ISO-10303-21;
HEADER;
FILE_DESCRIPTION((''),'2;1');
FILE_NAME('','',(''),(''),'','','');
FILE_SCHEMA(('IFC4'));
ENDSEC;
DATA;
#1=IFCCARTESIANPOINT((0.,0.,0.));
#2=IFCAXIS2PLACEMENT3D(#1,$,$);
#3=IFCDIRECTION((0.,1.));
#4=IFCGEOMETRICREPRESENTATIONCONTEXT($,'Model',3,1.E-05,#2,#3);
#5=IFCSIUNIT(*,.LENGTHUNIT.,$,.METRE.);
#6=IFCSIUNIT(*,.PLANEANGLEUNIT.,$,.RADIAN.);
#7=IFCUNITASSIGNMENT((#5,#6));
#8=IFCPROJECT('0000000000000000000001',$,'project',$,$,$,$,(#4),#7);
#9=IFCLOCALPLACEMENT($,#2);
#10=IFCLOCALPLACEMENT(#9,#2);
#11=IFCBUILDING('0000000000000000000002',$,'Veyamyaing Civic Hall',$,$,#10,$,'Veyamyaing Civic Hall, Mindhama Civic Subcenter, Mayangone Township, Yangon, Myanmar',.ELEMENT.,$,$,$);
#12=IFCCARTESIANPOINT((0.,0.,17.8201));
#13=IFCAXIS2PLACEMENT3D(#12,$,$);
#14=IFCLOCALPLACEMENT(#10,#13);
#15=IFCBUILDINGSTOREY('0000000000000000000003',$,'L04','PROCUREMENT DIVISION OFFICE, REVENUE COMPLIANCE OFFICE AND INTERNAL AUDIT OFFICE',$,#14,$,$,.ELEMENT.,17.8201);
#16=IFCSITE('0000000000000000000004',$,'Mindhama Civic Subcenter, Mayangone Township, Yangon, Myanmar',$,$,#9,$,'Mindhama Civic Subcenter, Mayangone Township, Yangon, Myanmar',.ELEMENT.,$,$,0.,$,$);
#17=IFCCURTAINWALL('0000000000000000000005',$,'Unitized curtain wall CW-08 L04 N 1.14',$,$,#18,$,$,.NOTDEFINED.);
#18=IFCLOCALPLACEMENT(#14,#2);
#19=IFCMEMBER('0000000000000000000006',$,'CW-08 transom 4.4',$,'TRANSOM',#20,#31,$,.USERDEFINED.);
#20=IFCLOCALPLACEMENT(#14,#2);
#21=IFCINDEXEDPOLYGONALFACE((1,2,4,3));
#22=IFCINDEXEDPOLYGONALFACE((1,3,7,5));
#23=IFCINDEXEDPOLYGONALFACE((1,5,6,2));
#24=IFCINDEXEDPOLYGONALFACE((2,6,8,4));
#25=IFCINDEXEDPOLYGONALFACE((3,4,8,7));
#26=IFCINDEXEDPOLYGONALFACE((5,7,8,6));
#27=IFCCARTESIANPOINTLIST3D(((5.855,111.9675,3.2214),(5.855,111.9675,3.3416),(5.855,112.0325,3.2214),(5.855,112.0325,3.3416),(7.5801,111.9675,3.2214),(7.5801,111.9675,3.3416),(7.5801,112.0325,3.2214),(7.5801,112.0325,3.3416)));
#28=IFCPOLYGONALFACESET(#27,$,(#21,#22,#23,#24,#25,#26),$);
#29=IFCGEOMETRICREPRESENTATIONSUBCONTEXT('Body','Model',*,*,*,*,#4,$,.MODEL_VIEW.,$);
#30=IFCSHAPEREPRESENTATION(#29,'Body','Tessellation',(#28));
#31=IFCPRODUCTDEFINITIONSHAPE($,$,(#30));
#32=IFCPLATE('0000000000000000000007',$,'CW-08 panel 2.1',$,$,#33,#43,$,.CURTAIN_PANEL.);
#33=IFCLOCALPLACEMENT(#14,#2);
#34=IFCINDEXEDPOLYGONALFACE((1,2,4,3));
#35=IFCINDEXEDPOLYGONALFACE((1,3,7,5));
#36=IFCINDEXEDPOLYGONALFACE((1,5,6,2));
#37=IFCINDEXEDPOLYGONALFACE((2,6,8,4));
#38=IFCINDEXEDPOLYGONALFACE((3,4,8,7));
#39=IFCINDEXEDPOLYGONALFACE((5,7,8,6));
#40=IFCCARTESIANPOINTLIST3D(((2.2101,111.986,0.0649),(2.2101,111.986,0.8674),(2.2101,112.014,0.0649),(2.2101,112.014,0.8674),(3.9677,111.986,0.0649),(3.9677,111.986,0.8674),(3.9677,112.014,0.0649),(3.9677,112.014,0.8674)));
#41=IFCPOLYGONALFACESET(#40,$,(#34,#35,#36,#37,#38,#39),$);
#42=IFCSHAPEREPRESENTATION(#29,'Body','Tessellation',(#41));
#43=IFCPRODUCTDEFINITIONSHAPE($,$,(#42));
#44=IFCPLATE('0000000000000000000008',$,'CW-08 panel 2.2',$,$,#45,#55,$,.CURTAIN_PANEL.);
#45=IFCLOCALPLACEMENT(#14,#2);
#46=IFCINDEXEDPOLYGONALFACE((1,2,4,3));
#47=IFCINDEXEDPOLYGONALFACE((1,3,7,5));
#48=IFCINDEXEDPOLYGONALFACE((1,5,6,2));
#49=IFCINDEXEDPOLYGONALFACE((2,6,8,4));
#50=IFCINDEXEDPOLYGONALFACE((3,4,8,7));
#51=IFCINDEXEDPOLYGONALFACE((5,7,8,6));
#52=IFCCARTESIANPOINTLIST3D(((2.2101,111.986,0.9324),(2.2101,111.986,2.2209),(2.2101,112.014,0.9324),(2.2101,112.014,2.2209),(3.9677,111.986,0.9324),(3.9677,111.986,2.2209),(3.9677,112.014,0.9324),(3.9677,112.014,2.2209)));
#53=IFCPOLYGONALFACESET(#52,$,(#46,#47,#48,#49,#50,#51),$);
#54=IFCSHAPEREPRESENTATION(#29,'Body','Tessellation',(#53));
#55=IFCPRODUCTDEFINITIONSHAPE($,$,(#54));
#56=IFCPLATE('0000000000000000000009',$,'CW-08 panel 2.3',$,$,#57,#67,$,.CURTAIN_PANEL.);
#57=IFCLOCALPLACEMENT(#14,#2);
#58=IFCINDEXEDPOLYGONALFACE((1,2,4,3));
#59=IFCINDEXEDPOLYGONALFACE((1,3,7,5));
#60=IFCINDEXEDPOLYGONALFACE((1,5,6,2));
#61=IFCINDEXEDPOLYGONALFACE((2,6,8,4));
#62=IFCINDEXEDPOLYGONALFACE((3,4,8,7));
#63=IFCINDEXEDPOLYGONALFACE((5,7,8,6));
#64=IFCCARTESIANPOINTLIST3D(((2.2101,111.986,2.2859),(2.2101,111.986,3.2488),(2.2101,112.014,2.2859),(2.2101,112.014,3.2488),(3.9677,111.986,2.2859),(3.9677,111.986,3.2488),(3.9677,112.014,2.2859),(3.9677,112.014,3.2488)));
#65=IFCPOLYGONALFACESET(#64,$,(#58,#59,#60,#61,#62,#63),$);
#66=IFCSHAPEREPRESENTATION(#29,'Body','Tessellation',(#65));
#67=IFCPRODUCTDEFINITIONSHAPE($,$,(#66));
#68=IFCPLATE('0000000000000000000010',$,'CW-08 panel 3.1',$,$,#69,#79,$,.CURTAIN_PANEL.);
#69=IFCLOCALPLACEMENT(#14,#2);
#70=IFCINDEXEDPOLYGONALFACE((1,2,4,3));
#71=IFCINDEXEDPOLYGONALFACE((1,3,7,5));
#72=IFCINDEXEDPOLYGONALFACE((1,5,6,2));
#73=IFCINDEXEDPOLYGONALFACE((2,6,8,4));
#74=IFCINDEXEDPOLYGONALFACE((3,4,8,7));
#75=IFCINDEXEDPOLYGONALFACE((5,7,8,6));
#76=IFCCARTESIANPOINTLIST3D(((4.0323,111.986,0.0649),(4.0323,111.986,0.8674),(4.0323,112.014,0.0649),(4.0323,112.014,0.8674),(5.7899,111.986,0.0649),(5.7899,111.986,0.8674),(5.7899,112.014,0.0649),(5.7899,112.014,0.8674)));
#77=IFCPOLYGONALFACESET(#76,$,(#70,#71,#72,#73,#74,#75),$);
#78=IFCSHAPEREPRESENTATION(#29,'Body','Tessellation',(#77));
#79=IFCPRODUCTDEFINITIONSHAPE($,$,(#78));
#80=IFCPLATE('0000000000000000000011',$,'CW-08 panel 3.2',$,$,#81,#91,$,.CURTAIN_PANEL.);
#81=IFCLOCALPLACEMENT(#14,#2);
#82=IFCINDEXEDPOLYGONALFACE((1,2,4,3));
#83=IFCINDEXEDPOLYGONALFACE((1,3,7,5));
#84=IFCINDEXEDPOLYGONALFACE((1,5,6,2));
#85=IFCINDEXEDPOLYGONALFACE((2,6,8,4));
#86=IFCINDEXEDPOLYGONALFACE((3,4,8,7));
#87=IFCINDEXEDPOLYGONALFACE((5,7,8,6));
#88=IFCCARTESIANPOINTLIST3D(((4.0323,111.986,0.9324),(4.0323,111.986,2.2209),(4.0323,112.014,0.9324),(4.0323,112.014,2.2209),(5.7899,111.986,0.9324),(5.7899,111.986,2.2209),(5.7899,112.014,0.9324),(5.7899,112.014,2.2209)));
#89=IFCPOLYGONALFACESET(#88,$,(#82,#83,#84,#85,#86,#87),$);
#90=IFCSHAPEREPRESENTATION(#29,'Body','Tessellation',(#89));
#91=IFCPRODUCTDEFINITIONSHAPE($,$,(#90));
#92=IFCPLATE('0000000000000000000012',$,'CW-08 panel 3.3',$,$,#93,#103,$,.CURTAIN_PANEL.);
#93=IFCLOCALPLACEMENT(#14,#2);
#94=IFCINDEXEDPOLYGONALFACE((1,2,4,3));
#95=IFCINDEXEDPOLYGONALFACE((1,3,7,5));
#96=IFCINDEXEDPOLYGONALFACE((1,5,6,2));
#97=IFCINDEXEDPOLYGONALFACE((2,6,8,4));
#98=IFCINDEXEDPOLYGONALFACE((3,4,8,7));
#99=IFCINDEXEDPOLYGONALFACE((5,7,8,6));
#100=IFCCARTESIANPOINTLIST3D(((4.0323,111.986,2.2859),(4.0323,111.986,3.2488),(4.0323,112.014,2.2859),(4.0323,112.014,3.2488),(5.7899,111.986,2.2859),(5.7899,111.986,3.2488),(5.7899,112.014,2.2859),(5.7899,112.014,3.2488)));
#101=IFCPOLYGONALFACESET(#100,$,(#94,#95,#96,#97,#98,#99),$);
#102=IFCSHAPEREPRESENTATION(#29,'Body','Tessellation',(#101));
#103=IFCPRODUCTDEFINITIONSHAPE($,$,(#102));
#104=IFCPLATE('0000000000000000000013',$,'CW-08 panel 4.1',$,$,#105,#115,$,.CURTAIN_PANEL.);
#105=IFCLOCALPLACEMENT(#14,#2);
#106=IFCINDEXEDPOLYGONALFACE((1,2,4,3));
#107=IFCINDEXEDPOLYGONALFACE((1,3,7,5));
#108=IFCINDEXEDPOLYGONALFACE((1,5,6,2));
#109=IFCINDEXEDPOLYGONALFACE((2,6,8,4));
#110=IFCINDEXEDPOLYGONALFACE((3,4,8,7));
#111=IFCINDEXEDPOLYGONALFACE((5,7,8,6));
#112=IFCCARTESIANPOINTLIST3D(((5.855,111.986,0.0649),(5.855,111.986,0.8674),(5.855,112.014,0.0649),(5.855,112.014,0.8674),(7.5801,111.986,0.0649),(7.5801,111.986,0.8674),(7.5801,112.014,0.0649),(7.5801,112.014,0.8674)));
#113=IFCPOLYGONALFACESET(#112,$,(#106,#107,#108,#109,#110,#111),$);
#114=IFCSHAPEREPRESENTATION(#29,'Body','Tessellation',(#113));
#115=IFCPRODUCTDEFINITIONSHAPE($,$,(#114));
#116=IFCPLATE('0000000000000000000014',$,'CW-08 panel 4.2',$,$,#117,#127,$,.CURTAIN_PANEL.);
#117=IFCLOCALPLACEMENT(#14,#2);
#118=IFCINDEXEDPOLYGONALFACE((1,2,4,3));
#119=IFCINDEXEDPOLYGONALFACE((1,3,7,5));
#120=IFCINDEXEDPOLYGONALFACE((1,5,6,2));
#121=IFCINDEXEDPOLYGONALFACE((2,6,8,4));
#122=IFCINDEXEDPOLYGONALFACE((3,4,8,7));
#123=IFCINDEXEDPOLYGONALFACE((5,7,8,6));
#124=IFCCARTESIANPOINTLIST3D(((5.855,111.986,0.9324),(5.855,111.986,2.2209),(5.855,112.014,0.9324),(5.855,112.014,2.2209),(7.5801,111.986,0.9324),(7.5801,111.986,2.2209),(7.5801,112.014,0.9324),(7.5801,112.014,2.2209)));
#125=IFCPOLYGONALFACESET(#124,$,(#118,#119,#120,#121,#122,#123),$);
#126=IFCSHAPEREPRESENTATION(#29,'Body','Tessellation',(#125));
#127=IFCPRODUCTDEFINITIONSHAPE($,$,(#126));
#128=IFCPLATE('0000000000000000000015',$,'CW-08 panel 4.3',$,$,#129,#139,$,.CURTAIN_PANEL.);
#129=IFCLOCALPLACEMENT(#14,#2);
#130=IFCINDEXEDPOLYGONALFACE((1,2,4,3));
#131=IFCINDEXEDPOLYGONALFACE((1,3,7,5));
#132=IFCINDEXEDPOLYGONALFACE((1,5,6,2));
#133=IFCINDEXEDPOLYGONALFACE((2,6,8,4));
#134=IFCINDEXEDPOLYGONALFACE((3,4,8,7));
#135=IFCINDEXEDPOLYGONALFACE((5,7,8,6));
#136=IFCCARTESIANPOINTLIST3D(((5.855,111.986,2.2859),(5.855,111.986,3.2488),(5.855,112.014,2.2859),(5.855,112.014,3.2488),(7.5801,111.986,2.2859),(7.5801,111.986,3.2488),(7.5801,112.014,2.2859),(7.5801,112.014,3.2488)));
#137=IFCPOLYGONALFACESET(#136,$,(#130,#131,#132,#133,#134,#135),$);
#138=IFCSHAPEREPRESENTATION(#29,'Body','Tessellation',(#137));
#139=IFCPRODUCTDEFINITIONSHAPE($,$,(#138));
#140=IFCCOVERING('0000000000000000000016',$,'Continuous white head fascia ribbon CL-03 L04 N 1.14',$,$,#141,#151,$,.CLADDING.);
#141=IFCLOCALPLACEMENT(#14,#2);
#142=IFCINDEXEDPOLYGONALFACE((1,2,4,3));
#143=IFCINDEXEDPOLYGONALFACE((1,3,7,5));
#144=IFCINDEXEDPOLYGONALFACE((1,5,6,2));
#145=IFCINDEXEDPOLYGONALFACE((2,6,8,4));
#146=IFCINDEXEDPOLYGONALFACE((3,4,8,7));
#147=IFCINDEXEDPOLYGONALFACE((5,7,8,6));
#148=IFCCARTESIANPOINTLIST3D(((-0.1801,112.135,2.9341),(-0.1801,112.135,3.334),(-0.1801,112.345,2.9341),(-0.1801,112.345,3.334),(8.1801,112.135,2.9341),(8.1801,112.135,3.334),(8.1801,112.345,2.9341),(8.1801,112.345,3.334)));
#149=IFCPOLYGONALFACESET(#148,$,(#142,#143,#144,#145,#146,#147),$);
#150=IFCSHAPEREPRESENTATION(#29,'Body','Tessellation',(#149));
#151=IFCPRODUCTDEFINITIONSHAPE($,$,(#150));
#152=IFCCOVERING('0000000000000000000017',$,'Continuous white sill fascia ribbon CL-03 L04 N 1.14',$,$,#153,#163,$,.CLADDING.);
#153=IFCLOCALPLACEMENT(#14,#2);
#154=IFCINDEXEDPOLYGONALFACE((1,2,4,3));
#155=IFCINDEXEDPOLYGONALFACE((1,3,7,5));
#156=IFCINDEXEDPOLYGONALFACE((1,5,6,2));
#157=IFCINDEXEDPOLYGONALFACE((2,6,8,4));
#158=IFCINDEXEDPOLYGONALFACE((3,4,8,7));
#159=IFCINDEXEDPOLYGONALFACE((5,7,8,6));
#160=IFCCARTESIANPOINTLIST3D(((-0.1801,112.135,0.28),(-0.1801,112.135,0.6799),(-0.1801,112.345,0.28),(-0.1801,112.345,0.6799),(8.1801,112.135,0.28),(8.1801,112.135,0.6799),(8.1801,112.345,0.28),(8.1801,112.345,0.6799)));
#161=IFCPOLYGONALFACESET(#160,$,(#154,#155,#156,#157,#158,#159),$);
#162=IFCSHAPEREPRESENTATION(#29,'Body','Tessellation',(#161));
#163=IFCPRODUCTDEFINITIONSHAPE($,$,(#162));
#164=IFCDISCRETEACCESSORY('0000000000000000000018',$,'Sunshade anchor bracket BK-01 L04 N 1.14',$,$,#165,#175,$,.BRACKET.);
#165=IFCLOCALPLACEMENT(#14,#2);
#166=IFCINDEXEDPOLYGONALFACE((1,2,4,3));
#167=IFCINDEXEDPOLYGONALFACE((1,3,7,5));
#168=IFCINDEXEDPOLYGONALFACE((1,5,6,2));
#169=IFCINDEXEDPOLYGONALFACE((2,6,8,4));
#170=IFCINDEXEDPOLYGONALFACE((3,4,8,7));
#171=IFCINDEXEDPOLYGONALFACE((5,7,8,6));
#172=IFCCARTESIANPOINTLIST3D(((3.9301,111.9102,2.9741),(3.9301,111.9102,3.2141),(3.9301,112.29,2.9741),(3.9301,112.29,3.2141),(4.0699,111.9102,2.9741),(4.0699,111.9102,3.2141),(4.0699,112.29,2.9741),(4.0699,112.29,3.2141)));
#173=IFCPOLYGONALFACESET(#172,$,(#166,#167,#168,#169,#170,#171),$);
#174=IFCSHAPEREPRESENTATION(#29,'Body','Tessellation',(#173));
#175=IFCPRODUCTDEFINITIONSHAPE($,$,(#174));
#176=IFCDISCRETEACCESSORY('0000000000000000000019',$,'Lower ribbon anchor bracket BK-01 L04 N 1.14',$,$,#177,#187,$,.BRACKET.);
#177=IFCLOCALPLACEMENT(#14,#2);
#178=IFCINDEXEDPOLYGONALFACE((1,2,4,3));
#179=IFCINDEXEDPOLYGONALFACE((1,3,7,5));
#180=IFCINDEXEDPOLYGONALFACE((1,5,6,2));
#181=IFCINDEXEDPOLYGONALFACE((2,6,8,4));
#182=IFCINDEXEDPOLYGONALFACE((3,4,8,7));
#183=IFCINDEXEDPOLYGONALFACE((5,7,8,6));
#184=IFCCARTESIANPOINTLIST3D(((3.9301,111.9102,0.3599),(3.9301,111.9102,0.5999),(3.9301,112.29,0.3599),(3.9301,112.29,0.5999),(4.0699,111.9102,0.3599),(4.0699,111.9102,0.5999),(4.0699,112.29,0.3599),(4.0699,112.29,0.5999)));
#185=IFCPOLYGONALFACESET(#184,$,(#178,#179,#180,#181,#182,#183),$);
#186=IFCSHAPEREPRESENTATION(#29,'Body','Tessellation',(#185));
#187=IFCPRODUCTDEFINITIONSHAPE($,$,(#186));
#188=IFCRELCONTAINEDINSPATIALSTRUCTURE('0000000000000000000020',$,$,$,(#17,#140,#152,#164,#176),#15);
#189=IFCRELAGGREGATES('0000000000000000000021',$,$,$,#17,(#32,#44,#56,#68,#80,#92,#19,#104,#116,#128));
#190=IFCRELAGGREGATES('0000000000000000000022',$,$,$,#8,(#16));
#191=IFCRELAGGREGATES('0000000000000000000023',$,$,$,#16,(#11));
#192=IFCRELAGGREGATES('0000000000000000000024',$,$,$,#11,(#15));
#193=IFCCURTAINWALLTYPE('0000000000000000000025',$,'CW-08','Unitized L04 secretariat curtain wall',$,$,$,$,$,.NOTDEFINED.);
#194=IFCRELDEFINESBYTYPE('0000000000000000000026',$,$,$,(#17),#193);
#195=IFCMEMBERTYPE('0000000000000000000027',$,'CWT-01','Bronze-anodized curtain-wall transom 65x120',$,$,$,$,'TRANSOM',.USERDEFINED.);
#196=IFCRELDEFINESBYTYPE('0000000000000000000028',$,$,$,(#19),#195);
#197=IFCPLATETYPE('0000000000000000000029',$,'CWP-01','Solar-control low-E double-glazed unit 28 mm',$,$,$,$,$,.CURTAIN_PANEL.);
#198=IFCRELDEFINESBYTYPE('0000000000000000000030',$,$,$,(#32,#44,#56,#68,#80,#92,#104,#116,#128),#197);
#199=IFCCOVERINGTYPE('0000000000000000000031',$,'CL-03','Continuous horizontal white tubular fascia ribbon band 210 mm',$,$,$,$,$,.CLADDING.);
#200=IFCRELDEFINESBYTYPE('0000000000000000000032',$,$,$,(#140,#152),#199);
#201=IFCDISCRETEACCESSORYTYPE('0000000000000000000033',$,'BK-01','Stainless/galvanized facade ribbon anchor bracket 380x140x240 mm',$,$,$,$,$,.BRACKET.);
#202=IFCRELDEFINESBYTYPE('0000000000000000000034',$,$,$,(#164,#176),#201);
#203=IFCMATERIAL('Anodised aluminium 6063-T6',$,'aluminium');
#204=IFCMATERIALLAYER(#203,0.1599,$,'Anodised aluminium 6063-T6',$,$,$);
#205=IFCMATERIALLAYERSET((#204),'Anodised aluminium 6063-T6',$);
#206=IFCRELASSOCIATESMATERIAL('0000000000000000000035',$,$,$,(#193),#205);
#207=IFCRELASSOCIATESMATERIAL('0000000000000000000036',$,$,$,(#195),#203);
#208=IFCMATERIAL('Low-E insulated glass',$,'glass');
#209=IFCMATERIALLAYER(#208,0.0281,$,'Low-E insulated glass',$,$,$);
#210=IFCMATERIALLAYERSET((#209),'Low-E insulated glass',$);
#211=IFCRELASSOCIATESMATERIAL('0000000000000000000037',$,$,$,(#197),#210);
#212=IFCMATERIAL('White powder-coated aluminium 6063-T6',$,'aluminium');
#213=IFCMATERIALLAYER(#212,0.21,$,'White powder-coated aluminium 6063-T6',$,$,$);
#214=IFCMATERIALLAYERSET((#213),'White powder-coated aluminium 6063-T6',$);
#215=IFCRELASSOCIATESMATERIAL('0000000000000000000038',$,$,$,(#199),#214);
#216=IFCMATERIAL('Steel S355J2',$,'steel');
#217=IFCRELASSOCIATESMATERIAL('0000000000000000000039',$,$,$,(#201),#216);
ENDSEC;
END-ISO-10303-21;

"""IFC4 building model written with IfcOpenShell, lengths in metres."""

from ifc_helpers import new_model, si_unit, direction, frame, origin, origin_2d, place, context, subcontext, project, spatial, rectangle, extrude, material, layer, layer_set, material_profile, profile_set, type_object, element, aggregate, save


model = new_model("IFC4")

# Units and contexts
model_context = context("Model", 3, precision=1e-05, world=origin(), true_north=direction((0.0, 1.0)))
body_context = subcontext(model_context, "Body", "Model", "MODEL_VIEW")
ifc_project = project(units=[si_unit("LENGTHUNIT", "METRE"), si_unit("PLANEANGLEUNIT", "RADIAN")], contexts=[model_context])

# Site, building, storey
site_placement = place(None, origin())
site = spatial("IfcSite", under=ifc_project, at=site_placement, Name="Mindhama Civic Subcenter, Mayangone Township, Yangon, Myanmar", LongName="Mindhama Civic Subcenter, Mayangone Township, Yangon, Myanmar", CompositionType="ELEMENT", RefElevation=0.0)
building_placement = place(site_placement, origin())
building = spatial("IfcBuilding", under=site, at=building_placement, Name="Veyamyaing Civic Hall", LongName="Veyamyaing Civic Hall, Mindhama Civic Subcenter, Mayangone Township, Yangon, Myanmar", CompositionType="ELEMENT")
storey_placement = place(building_placement, frame((0.0, 0.0, 17.8201)))
storey = spatial("IfcBuildingStorey", under=building, at=storey_placement, Name="L04", Description="PROCUREMENT DIVISION OFFICE, REVENUE COMPLIANCE OFFICE AND INTERNAL AUDIT OFFICE", CompositionType="ELEMENT", Elevation=17.8201)

# Curtain wall, member, plates
ifc_material_1 = material(Name="Anodised aluminium 6063-T6", Category="aluminium")
ifc_layer_1 = layer(ifc_material_1, 0.1599, Name="Anodised aluminium 6063-T6")
ifc_layer_set_1 = layer_set([ifc_layer_1], Name="Anodised aluminium 6063-T6")
curtain_wall_type = type_object("IfcCurtainWallType", Name="CW-08", Description="Unitized L04 secretariat curtain wall", PredefinedType="NOTDEFINED", material=ifc_layer_set_1)
curtain_wall_placement = place(storey_placement, origin())
curtain_wall = element("IfcCurtainWall", 1, at=curtain_wall_placement, inside=storey, type_object=curtain_wall_type, Name="Unitized curtain wall CW-08 L04 N 1.14", PredefinedType="NOTDEFINED")
ifc_material_profile_1 = material_profile(ifc_material_1, rectangle(XDim=0.0649, YDim=0.1201, at=origin_2d()), Name="ALU-TRN-65X120")
ifc_profile_set_1 = profile_set([ifc_material_profile_1], Name="Anodised aluminium 6063-T6")
member_type_1 = type_object("IfcMemberType", Name="CWT-01", Description="Bronze-anodized curtain-wall transom 65x120", ElementType="TRANSOM", PredefinedType="USERDEFINED", material=ifc_profile_set_1)
member_1_placement = place(storey_placement, frame((5.855, 112.0, 3.2815), z_axis=(1.0, 0.0, 0.0), x_axis=(0.0, 1.0, 0.0)))
member_1 = element("IfcMember", 2, at=member_1_placement, type_object=member_type_1, Name="CW-08 transom 4.4", ObjectType="TRANSOM", PredefinedType="USERDEFINED", context=body_context, shape_type="SweptSolid", body=[
    extrude(rectangle(XDim=0.0649, YDim=0.1201, at=origin_2d()), origin(), (0.0, 0.0, 1.0), 1.7251),
])
ifc_material_2 = material(Name="Low-E insulated glass", Category="glass")
ifc_layer_2 = layer(ifc_material_2, 0.0281, Name="Low-E insulated glass")
ifc_layer_set_2 = layer_set([ifc_layer_2], Name="Low-E insulated glass")
plate_type = type_object("IfcPlateType", Name="CWP-01", Description="Solar-control low-E double-glazed unit 28 mm", PredefinedType="CURTAIN_PANEL", material=ifc_layer_set_2)
plate_1_placement = place(storey_placement, frame((3.0889, 112.0, 0.0649), z_axis=(0.0, 0.0, 1.0), x_axis=(1.0, 0.0, 0.0)))
plate_1 = element("IfcPlate", 3, at=plate_1_placement, type_object=plate_type, Name="CW-08 panel 2.1", PredefinedType="CURTAIN_PANEL", context=body_context, shape_type="SweptSolid", body=[
    extrude(rectangle(XDim=1.7576, YDim=0.0281, at=origin_2d()), origin(), (0.0, 0.0, 1.0), 0.8025),
])
plate_2_placement = place(storey_placement, frame((3.0889, 112.0, 0.9324), z_axis=(0.0, 0.0, 1.0), x_axis=(1.0, 0.0, 0.0)))
plate_2 = element("IfcPlate", 4, at=plate_2_placement, type_object=plate_type, Name="CW-08 panel 2.2", PredefinedType="CURTAIN_PANEL", context=body_context, shape_type="SweptSolid", body=[
    extrude(rectangle(XDim=1.7576, YDim=0.0281, at=origin_2d()), origin(), (0.0, 0.0, 1.0), 1.2886),
])
plate_3_placement = place(storey_placement, frame((3.0889, 112.0, 2.2859), z_axis=(0.0, 0.0, 1.0), x_axis=(1.0, 0.0, 0.0)))
plate_3 = element("IfcPlate", 5, at=plate_3_placement, type_object=plate_type, Name="CW-08 panel 2.3", PredefinedType="CURTAIN_PANEL", context=body_context, shape_type="SweptSolid", body=[
    extrude(rectangle(XDim=1.7576, YDim=0.0281, at=origin_2d()), origin(), (0.0, 0.0, 1.0), 0.9629),
])
plate_4_placement = place(storey_placement, frame((4.9111, 112.0, 0.0649), z_axis=(0.0, 0.0, 1.0), x_axis=(1.0, 0.0, 0.0)))
plate_4 = element("IfcPlate", 6, at=plate_4_placement, type_object=plate_type, Name="CW-08 panel 3.1", PredefinedType="CURTAIN_PANEL", context=body_context, shape_type="SweptSolid", body=[
    extrude(rectangle(XDim=1.7576, YDim=0.0281, at=origin_2d()), origin(), (0.0, 0.0, 1.0), 0.8025),
])
plate_5_placement = place(storey_placement, frame((4.9111, 112.0, 0.9324), z_axis=(0.0, 0.0, 1.0), x_axis=(1.0, 0.0, 0.0)))
plate_5 = element("IfcPlate", 7, at=plate_5_placement, type_object=plate_type, Name="CW-08 panel 3.2", PredefinedType="CURTAIN_PANEL", context=body_context, shape_type="SweptSolid", body=[
    extrude(rectangle(XDim=1.7576, YDim=0.0281, at=origin_2d()), origin(), (0.0, 0.0, 1.0), 1.2886),
])
plate_6_placement = place(storey_placement, frame((4.9111, 112.0, 2.2859), z_axis=(0.0, 0.0, 1.0), x_axis=(1.0, 0.0, 0.0)))
plate_6 = element("IfcPlate", 8, at=plate_6_placement, type_object=plate_type, Name="CW-08 panel 3.3", PredefinedType="CURTAIN_PANEL", context=body_context, shape_type="SweptSolid", body=[
    extrude(rectangle(XDim=1.7576, YDim=0.0281, at=origin_2d()), origin(), (0.0, 0.0, 1.0), 0.9629),
])
plate_7_placement = place(storey_placement, frame((6.7175, 112.0, 0.0649), z_axis=(0.0, 0.0, 1.0), x_axis=(1.0, 0.0, 0.0)))
plate_7 = element("IfcPlate", 9, at=plate_7_placement, type_object=plate_type, Name="CW-08 panel 4.1", PredefinedType="CURTAIN_PANEL", context=body_context, shape_type="SweptSolid", body=[
    extrude(rectangle(XDim=1.7251, YDim=0.0281, at=origin_2d()), origin(), (0.0, 0.0, 1.0), 0.8025),
])
plate_8_placement = place(storey_placement, frame((6.7175, 112.0, 0.9324), z_axis=(0.0, 0.0, 1.0), x_axis=(1.0, 0.0, 0.0)))
plate_8 = element("IfcPlate", 10, at=plate_8_placement, type_object=plate_type, Name="CW-08 panel 4.2", PredefinedType="CURTAIN_PANEL", context=body_context, shape_type="SweptSolid", body=[
    extrude(rectangle(XDim=1.7251, YDim=0.0281, at=origin_2d()), origin(), (0.0, 0.0, 1.0), 1.2886),
])
plate_9_placement = place(storey_placement, frame((6.7175, 112.0, 2.2859), z_axis=(0.0, 0.0, 1.0), x_axis=(1.0, 0.0, 0.0)))
plate_9 = element("IfcPlate", 11, at=plate_9_placement, type_object=plate_type, Name="CW-08 panel 4.3", PredefinedType="CURTAIN_PANEL", context=body_context, shape_type="SweptSolid", body=[
    extrude(rectangle(XDim=1.7251, YDim=0.0281, at=origin_2d()), origin(), (0.0, 0.0, 1.0), 0.9629),
])
aggregate(curtain_wall, [plate_1, plate_2, plate_3, plate_4, plate_5, plate_6, member_1, plate_7, plate_8, plate_9])

# Coverings
ifc_material_3 = material(Name="White powder-coated aluminium 6063-T6", Category="aluminium")
ifc_layer_3 = layer(ifc_material_3, 0.21, Name="White powder-coated aluminium 6063-T6")
ifc_layer_set_3 = layer_set([ifc_layer_3], Name="White powder-coated aluminium 6063-T6")
covering_type = type_object("IfcCoveringType", Name="CL-03", Description="Continuous horizontal white tubular fascia ribbon band 210 mm", PredefinedType="CLADDING", material=ifc_layer_set_3)
for number, where, z_axis, x_axis, name in (
    (12, (4.0, 112.24, 2.9341), (0.0, 0.0, 1.0), (1.0, 0.0, 0.0), "Continuous white head fascia ribbon CL-03 L04 N 1.14"),
    (13, (4.0, 112.24, 0.28), (0.0, 0.0, 1.0), (1.0, 0.0, 0.0), "Continuous white sill fascia ribbon CL-03 L04 N 1.14"),
):
    element("IfcCovering", number, at=place(storey_placement, frame(where, z_axis=z_axis, x_axis=x_axis)), inside=storey, type_object=covering_type, Name=name, PredefinedType="CLADDING", context=body_context, shape_type="SweptSolid", body=[
        extrude(rectangle(XDim=8.3601, YDim=0.21, at=origin_2d()), origin(), (0.0, 0.0, 1.0), 0.3999),
    ])

# Discrete accessories
ifc_material_4 = material(Name="Steel S355J2", Category="steel")
discrete_accessory_type = type_object("IfcDiscreteAccessoryType", Name="BK-01", Description="Stainless/galvanized facade ribbon anchor bracket 380x140x240 mm", PredefinedType="BRACKET", material=ifc_material_4)
for number, where, z_axis, x_axis, name in (
    (14, (4.0, 112.1001, 2.9741), (0.0, 0.0, 1.0), (0.0, 1.0, 0.0), "Sunshade anchor bracket BK-01 L04 N 1.14"),
    (15, (4.0, 112.1001, 0.3599), (0.0, 0.0, 1.0), (0.0, 1.0, 0.0), "Lower ribbon anchor bracket BK-01 L04 N 1.14"),
):
    element("IfcDiscreteAccessory", number, at=place(storey_placement, frame(where, z_axis=z_axis, x_axis=x_axis)), inside=storey, type_object=discrete_accessory_type, Name=name, PredefinedType="BRACKET", context=body_context, shape_type="SweptSolid", body=[
        extrude(rectangle(XDim=0.3799, YDim=0.1399, at=origin_2d()), origin(), (0.0, 0.0, 1.0), 0.24),
    ])

save(model, "model.ifc")
